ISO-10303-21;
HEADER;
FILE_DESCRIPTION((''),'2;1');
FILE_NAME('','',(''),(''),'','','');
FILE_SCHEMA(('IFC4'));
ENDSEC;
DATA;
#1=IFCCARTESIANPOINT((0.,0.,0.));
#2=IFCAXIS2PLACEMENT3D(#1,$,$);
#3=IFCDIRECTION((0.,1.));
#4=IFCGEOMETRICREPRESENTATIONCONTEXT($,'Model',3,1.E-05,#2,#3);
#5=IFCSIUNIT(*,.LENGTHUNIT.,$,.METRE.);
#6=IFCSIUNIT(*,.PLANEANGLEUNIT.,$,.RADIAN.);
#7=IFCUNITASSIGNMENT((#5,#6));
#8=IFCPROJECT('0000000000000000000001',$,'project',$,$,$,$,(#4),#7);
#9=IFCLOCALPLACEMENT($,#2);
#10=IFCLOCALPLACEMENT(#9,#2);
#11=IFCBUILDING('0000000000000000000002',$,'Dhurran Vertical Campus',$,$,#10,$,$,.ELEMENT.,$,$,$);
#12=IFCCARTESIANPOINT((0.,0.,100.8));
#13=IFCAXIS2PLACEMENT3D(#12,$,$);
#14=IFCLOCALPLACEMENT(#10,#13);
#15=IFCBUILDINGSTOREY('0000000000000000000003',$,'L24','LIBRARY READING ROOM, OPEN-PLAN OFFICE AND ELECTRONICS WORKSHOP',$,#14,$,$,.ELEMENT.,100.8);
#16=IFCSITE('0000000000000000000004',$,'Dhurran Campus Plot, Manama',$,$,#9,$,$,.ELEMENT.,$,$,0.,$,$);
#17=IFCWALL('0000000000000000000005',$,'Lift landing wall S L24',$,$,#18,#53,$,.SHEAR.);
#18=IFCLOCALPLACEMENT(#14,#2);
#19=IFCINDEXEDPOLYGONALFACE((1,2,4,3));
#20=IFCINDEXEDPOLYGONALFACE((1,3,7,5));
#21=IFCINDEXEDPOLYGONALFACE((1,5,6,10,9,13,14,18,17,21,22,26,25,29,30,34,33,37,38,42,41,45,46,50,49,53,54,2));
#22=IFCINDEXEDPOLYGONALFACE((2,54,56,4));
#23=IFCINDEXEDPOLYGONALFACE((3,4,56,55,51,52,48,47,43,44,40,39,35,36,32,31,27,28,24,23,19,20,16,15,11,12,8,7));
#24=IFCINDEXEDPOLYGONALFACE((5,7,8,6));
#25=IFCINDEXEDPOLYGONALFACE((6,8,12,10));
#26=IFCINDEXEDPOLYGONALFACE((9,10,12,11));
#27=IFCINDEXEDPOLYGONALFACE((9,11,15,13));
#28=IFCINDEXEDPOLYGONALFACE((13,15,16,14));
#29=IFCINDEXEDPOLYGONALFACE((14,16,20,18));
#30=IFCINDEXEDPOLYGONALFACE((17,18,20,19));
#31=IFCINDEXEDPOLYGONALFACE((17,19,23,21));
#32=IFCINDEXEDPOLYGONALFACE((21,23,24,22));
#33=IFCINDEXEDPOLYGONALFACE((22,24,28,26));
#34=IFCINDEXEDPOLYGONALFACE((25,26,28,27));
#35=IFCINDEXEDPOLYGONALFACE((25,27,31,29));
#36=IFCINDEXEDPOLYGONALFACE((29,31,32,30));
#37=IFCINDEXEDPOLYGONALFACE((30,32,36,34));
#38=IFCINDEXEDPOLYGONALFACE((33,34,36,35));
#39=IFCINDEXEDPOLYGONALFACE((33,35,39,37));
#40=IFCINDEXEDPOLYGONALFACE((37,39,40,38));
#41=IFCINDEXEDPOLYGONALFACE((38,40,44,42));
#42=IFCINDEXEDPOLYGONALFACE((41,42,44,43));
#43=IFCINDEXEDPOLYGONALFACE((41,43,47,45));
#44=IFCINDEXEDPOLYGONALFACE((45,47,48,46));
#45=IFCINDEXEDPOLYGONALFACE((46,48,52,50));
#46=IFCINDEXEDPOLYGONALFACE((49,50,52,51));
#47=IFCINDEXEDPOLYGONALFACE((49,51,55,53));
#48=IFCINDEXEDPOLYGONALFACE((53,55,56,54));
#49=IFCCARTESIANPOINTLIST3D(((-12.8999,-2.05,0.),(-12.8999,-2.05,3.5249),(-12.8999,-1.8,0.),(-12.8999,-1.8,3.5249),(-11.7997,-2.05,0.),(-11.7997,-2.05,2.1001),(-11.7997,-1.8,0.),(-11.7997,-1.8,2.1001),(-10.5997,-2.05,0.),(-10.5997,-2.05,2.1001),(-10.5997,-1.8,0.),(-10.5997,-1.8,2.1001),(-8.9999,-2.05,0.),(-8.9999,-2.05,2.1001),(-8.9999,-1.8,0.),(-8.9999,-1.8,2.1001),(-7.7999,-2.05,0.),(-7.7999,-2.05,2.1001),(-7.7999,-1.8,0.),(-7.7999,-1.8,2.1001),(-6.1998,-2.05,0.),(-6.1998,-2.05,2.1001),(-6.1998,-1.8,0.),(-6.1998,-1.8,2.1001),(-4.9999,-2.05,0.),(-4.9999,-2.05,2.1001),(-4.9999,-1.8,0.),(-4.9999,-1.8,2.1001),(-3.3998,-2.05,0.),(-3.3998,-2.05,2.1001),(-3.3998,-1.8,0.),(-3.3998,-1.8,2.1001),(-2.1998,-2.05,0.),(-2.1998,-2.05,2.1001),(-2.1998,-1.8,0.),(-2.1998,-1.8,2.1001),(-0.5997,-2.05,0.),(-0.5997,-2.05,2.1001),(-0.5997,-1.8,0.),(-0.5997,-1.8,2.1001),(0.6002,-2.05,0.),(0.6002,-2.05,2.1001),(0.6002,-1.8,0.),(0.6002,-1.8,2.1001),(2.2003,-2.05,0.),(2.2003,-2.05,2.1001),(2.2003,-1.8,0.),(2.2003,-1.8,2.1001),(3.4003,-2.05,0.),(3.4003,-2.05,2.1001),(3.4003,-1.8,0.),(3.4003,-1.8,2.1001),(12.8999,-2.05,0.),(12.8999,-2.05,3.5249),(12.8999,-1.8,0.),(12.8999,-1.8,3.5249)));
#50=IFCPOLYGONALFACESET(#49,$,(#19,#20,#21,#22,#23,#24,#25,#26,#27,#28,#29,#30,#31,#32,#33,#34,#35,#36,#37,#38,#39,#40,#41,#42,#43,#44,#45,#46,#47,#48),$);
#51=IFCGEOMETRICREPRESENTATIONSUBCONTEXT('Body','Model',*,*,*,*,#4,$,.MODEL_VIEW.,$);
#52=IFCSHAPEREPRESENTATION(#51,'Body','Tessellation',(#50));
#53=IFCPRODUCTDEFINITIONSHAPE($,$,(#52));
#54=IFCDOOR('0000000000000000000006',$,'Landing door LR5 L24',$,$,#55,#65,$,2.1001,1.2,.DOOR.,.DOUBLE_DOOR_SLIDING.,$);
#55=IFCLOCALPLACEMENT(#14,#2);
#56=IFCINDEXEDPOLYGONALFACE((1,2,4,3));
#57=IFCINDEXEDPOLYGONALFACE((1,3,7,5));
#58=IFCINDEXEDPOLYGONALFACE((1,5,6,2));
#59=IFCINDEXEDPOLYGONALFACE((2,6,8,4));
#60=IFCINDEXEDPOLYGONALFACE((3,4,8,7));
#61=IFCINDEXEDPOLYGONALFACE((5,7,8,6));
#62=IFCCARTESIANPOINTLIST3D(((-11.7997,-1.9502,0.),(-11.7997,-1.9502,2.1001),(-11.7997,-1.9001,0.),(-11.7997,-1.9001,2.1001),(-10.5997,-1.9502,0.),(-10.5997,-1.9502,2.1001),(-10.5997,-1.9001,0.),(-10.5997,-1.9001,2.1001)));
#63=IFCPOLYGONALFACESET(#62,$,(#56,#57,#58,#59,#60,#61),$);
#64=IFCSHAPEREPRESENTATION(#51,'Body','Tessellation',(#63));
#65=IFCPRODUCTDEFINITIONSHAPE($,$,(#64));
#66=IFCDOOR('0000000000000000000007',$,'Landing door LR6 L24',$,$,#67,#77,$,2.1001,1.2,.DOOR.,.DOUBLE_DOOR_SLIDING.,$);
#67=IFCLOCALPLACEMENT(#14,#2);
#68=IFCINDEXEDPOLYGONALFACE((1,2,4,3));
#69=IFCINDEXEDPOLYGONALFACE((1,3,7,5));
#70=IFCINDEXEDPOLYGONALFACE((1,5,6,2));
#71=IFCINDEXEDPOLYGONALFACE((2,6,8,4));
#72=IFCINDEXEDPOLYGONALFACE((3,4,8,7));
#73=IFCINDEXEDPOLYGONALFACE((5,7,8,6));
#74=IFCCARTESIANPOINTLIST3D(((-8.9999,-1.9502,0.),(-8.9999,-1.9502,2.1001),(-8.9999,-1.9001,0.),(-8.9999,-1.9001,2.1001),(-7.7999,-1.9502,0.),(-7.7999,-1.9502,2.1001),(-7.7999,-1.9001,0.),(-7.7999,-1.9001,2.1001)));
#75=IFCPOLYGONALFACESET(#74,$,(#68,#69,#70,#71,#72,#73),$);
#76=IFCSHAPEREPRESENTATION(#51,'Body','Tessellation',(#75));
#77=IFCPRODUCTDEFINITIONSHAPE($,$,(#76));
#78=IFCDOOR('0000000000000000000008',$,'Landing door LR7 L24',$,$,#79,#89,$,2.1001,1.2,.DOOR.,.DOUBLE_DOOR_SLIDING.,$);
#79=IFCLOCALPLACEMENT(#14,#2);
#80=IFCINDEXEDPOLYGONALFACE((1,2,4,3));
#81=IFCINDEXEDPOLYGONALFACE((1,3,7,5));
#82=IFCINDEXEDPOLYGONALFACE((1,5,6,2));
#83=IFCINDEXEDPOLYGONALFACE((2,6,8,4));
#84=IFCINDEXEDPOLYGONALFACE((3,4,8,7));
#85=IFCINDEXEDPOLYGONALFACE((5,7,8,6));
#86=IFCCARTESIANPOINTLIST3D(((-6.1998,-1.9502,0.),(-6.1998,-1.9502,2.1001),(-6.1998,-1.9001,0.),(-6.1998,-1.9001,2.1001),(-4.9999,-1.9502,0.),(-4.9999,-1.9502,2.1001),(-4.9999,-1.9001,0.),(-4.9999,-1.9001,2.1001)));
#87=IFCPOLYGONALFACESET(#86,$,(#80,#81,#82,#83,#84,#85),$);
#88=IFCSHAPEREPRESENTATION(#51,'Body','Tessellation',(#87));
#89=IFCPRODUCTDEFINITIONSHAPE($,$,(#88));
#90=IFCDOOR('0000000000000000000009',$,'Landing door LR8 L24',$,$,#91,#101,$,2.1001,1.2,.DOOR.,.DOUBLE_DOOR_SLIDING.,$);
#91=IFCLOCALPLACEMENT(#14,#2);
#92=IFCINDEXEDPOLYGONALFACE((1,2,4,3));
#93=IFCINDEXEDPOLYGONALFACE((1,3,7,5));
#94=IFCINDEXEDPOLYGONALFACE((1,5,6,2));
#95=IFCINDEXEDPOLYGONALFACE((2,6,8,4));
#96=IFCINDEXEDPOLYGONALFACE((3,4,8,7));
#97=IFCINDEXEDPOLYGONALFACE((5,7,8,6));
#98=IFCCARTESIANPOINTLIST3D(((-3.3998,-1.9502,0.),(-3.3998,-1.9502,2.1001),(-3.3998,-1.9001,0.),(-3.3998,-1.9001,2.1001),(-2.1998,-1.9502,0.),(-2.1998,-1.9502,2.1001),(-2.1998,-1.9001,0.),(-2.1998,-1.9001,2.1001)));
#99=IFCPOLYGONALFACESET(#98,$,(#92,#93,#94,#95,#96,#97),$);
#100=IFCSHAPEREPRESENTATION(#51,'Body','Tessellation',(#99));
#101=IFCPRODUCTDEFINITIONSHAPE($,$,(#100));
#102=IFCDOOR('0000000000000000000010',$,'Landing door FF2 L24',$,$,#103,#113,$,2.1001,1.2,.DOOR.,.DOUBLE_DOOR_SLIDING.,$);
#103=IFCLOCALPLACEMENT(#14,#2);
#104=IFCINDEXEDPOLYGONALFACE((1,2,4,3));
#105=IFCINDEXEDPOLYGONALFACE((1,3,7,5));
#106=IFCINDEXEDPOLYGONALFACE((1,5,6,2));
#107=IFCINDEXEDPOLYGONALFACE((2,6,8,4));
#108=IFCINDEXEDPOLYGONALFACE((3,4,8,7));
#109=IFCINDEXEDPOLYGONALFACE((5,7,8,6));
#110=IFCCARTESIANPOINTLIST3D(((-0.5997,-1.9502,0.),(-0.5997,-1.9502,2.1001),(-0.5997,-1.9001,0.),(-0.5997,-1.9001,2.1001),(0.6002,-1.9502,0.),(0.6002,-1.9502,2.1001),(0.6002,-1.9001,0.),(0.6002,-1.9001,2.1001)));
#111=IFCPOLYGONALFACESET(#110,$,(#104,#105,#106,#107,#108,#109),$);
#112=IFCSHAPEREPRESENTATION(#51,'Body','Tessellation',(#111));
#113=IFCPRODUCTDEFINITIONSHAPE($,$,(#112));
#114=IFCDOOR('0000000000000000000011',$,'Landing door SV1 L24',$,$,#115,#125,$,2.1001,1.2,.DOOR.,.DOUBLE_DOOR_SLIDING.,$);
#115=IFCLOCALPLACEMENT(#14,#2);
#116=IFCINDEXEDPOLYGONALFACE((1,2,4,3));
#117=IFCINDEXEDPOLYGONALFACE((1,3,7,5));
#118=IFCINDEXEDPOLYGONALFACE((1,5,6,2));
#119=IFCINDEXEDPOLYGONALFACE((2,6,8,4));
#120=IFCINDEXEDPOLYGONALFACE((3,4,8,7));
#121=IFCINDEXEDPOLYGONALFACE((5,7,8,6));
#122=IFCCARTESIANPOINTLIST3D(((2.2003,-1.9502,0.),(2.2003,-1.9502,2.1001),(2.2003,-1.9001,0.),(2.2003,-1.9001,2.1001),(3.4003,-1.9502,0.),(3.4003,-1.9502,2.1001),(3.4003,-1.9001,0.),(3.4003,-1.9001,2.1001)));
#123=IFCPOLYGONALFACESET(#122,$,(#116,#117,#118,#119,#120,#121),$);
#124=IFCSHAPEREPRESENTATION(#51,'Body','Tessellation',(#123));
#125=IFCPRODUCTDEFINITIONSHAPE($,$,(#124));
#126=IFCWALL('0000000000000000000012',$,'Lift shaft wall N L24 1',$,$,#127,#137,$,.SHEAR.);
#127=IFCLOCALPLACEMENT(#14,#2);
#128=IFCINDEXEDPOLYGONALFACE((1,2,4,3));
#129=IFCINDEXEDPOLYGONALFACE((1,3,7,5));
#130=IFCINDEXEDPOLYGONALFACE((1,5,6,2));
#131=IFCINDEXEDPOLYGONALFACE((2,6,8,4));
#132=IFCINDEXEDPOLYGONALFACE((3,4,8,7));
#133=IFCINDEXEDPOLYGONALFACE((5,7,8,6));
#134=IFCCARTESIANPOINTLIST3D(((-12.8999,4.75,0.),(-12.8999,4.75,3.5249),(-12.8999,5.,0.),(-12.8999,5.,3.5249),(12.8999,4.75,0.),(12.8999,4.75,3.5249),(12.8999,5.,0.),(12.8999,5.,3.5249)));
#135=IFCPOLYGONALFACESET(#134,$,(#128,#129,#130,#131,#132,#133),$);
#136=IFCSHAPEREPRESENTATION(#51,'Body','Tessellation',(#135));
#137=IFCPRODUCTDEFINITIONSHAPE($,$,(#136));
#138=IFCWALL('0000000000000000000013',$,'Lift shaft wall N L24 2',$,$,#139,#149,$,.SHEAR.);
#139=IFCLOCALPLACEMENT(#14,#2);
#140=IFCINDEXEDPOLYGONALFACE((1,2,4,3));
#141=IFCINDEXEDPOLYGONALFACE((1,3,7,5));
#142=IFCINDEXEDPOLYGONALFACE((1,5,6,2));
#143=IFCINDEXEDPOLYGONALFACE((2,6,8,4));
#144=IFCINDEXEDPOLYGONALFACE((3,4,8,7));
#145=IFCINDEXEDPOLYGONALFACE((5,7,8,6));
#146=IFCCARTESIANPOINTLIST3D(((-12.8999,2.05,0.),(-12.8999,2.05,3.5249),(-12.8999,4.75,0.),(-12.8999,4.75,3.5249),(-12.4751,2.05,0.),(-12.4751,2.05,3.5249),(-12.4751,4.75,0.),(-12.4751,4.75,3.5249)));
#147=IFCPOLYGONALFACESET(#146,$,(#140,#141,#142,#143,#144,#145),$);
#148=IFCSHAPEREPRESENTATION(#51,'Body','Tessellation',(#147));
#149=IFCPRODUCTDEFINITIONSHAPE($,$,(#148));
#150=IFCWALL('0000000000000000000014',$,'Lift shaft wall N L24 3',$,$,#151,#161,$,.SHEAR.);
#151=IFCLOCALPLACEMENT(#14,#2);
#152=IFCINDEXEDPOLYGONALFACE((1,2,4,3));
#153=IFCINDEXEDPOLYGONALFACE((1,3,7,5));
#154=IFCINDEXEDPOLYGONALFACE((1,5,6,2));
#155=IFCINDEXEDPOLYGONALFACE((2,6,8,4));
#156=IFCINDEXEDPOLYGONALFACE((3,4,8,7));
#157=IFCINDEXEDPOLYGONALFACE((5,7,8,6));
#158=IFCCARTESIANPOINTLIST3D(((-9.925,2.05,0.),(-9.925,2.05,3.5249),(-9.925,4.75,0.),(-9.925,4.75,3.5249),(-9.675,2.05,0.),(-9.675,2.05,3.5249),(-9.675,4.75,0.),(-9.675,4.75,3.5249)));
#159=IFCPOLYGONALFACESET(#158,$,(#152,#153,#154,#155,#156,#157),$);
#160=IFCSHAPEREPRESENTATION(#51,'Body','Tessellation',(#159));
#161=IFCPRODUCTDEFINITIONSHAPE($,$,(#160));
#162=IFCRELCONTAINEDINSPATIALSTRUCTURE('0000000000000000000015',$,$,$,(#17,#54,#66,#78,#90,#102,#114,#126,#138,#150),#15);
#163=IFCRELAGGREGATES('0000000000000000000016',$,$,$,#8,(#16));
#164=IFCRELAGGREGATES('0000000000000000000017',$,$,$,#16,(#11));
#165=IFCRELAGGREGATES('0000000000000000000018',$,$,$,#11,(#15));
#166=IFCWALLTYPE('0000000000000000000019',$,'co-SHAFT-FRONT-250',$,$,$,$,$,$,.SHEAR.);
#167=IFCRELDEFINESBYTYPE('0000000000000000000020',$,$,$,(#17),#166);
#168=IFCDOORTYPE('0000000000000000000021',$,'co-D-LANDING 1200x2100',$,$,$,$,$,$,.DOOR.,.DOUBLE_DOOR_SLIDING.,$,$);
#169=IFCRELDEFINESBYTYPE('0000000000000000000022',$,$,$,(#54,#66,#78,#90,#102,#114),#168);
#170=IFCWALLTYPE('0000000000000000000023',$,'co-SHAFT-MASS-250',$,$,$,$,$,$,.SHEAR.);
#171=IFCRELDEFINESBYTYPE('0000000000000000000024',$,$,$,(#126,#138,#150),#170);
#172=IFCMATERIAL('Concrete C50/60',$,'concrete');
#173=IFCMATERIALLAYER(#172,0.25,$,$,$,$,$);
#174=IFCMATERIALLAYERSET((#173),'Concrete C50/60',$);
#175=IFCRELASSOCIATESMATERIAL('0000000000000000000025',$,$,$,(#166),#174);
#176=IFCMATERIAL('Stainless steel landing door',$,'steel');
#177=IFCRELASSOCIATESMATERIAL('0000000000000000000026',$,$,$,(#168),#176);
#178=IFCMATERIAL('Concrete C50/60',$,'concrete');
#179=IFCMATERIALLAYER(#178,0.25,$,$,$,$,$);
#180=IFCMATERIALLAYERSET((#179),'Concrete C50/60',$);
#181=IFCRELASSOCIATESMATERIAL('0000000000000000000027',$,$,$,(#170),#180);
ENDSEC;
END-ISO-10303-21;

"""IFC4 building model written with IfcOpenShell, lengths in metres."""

from ifc_helpers import new_model, si_unit, direction, frame, frame_2d, origin, place, context, subcontext, project, spatial, polyline, rectangle, outline, extrude, material, layer, layer_set, type_object, element, fill, save


model = new_model("IFC4")

# Units and contexts
model_context = context("Model", 3, precision=1e-05, world=origin(), true_north=direction((0.0, 1.0)))
body_context = subcontext(model_context, "Body", "Model", "MODEL_VIEW")
ifc_project = project(units=[si_unit("LENGTHUNIT", "METRE"), si_unit("PLANEANGLEUNIT", "RADIAN")], contexts=[model_context])

# Site, building, storey
site_placement = place(None, origin())
site = spatial("IfcSite", under=ifc_project, at=site_placement, Name="Dhurran Campus Plot, Manama", CompositionType="ELEMENT", RefElevation=0.0)
building_placement = place(site_placement, origin())
building = spatial("IfcBuilding", under=site, at=building_placement, Name="Dhurran Vertical Campus", CompositionType="ELEMENT")
storey_placement = place(building_placement, frame((0.0, 0.0, 100.8)))
storey = spatial("IfcBuildingStorey", under=building, at=storey_placement, Name="L24", Description="LIBRARY READING ROOM, OPEN-PLAN OFFICE AND ELECTRONICS WORKSHOP", CompositionType="ELEMENT", Elevation=100.8)

# Wall, openings, doors
ifc_material_1 = material(Name="Concrete C50/60", Category="concrete")
ifc_layer_1 = layer(ifc_material_1, 0.25)
ifc_layer_set_1 = layer_set([ifc_layer_1], Name="Concrete C50/60")
wall_type_1 = type_object("IfcWallType", Name="co-SHAFT-FRONT-250", PredefinedType="SHEAR", material=ifc_layer_set_1)
wall_1_placement = place(storey_placement, frame((-12.8999, -1.925, 0.0), z_axis=(0.0, 0.0, 1.0), x_axis=(1.0, 0.0, 0.0)))
wall_1 = element("IfcWall", 1, at=wall_1_placement, inside=storey, type_object=wall_type_1, Name="Lift landing wall S L24", PredefinedType="SHEAR", context=body_context, shape_type="SweptSolid", body=[
    extrude(rectangle(XDim=25.7998, YDim=0.25, at=frame_2d((12.8999, 0.0))), origin(), (0.0, 0.0, 1.0), 3.5249),
])
opening_1_placement = place(wall_1_placement, frame((1.1001, 0.0, 0.0)))
opening_1 = element("IfcOpeningElement", 2, at=opening_1_placement, cuts=wall_1, PredefinedType="OPENING", context=body_context, shape_type="SweptSolid", body=[
    extrude(rectangle(XDim=1.2, YDim=2.1001, at=frame_2d((0.6001, 1.05))), frame((0.0, 0.135, 0.0), z_axis=(0.0, -1.0, 0.0), x_axis=(1.0, 0.0, 0.0)), (0.0, 0.0, 1.0), 0.27),
])
opening_2_placement = place(wall_1_placement, frame((3.8999, 0.0, 0.0)))
opening_2 = element("IfcOpeningElement", 3, at=opening_2_placement, cuts=wall_1, PredefinedType="OPENING", context=body_context, shape_type="SweptSolid", body=[
    extrude(rectangle(XDim=1.2, YDim=2.1001, at=frame_2d((0.6001, 1.05))), frame((0.0, 0.135, 0.0), z_axis=(0.0, -1.0, 0.0), x_axis=(1.0, 0.0, 0.0)), (0.0, 0.0, 1.0), 0.27),
])
opening_3_placement = place(wall_1_placement, frame((6.7, 0.0, 0.0)))
opening_3 = element("IfcOpeningElement", 4, at=opening_3_placement, cuts=wall_1, PredefinedType="OPENING", context=body_context, shape_type="SweptSolid", body=[
    extrude(rectangle(XDim=1.2, YDim=2.1001, at=frame_2d((0.6001, 1.05))), frame((0.0, 0.135, 0.0), z_axis=(0.0, -1.0, 0.0), x_axis=(1.0, 0.0, 0.0)), (0.0, 0.0, 1.0), 0.27),
])
opening_4_placement = place(wall_1_placement, frame((9.5, 0.0, 0.0)))
opening_4 = element("IfcOpeningElement", 5, at=opening_4_placement, cuts=wall_1, PredefinedType="OPENING", context=body_context, shape_type="SweptSolid", body=[
    extrude(rectangle(XDim=1.2, YDim=2.1001, at=frame_2d((0.6001, 1.05))), frame((0.0, 0.135, 0.0), z_axis=(0.0, -1.0, 0.0), x_axis=(1.0, 0.0, 0.0)), (0.0, 0.0, 1.0), 0.27),
])
opening_5_placement = place(wall_1_placement, frame((12.3, 0.0, 0.0)))
opening_5 = element("IfcOpeningElement", 6, at=opening_5_placement, cuts=wall_1, PredefinedType="OPENING", context=body_context, shape_type="SweptSolid", body=[
    extrude(rectangle(XDim=1.2, YDim=2.1001, at=frame_2d((0.6001, 1.05))), frame((0.0, 0.135, 0.0), z_axis=(0.0, -1.0, 0.0), x_axis=(1.0, 0.0, 0.0)), (0.0, 0.0, 1.0), 0.27),
])
opening_6_placement = place(wall_1_placement, frame((15.1001, 0.0, 0.0)))
opening_6 = element("IfcOpeningElement", 7, at=opening_6_placement, cuts=wall_1, PredefinedType="OPENING", context=body_context, shape_type="SweptSolid", body=[
    extrude(rectangle(XDim=1.2, YDim=2.1001, at=frame_2d((0.6001, 1.05))), frame((0.0, 0.135, 0.0), z_axis=(0.0, -1.0, 0.0), x_axis=(1.0, 0.0, 0.0)), (0.0, 0.0, 1.0), 0.27),
])
ifc_material_2 = material(Name="Stainless steel landing door", Category="steel")
door_type_1 = type_object("IfcDoorType", Name="co-D-LANDING 1200x2100", OperationType="DOUBLE_DOOR_SLIDING", PredefinedType="DOOR", material=ifc_material_2)
door_1_placement = place(opening_1_placement, origin())
door_1 = element("IfcDoor", 8, at=door_1_placement, inside=storey, type_object=door_type_1, Name="Landing door LR5 L24", OperationType="DOUBLE_DOOR_SLIDING", OverallHeight=2.1001, OverallWidth=1.2, PredefinedType="DOOR", context=body_context, shape_type="SweptSolid", body=[
    extrude(rectangle(XDim=1.2, YDim=2.1001, at=frame_2d((0.6001, 1.05))), frame((0.0, 0.0249, 0.0), z_axis=(0.0, -1.0, 0.0), x_axis=(1.0, 0.0, 0.0)), (0.0, 0.0, 1.0), 0.05),
])
fill(opening_1, door_1)
door_2_placement = place(opening_2_placement, origin())
door_2 = element("IfcDoor", 9, at=door_2_placement, inside=storey, type_object=door_type_1, Name="Landing door LR6 L24", OperationType="DOUBLE_DOOR_SLIDING", OverallHeight=2.1001, OverallWidth=1.2, PredefinedType="DOOR", context=body_context, shape_type="SweptSolid", body=[
    extrude(rectangle(XDim=1.2, YDim=2.1001, at=frame_2d((0.6001, 1.05))), frame((0.0, 0.0249, 0.0), z_axis=(0.0, -1.0, 0.0), x_axis=(1.0, 0.0, 0.0)), (0.0, 0.0, 1.0), 0.05),
])
fill(opening_2, door_2)
door_3_placement = place(opening_3_placement, origin())
door_3 = element("IfcDoor", 10, at=door_3_placement, inside=storey, type_object=door_type_1, Name="Landing door LR7 L24", OperationType="DOUBLE_DOOR_SLIDING", OverallHeight=2.1001, OverallWidth=1.2, PredefinedType="DOOR", context=body_context, shape_type="SweptSolid", body=[
    extrude(rectangle(XDim=1.2, YDim=2.1001, at=frame_2d((0.6001, 1.05))), frame((0.0, 0.0249, 0.0), z_axis=(0.0, -1.0, 0.0), x_axis=(1.0, 0.0, 0.0)), (0.0, 0.0, 1.0), 0.05),
])
fill(opening_3, door_3)
door_4_placement = place(opening_4_placement, origin())
door_4 = element("IfcDoor", 11, at=door_4_placement, inside=storey, type_object=door_type_1, Name="Landing door LR8 L24", OperationType="DOUBLE_DOOR_SLIDING", OverallHeight=2.1001, OverallWidth=1.2, PredefinedType="DOOR", context=body_context, shape_type="SweptSolid", body=[
    extrude(rectangle(XDim=1.2, YDim=2.1001, at=frame_2d((0.6001, 1.05))), frame((0.0, 0.0249, 0.0), z_axis=(0.0, -1.0, 0.0), x_axis=(1.0, 0.0, 0.0)), (0.0, 0.0, 1.0), 0.05),
])
fill(opening_4, door_4)
door_5_placement = place(opening_5_placement, origin())
door_5 = element("IfcDoor", 12, at=door_5_placement, inside=storey, type_object=door_type_1, Name="Landing door FF2 L24", OperationType="DOUBLE_DOOR_SLIDING", OverallHeight=2.1001, OverallWidth=1.2, PredefinedType="DOOR", context=body_context, shape_type="SweptSolid", body=[
    extrude(rectangle(XDim=1.2, YDim=2.1001, at=frame_2d((0.6001, 1.05))), frame((0.0, 0.0249, 0.0), z_axis=(0.0, -1.0, 0.0), x_axis=(1.0, 0.0, 0.0)), (0.0, 0.0, 1.0), 0.05),
])
fill(opening_5, door_5)
door_6_placement = place(opening_6_placement, origin())
door_6 = element("IfcDoor", 13, at=door_6_placement, inside=storey, type_object=door_type_1, Name="Landing door SV1 L24", OperationType="DOUBLE_DOOR_SLIDING", OverallHeight=2.1001, OverallWidth=1.2, PredefinedType="DOOR", context=body_context, shape_type="SweptSolid", body=[
    extrude(rectangle(XDim=1.2, YDim=2.1001, at=frame_2d((0.6001, 1.05))), frame((0.0, 0.0249, 0.0), z_axis=(0.0, -1.0, 0.0), x_axis=(1.0, 0.0, 0.0)), (0.0, 0.0, 1.0), 0.05),
])
fill(opening_6, door_6)

# Walls
ifc_material_3 = material(Name="Concrete C50/60", Category="concrete")
ifc_layer_2 = layer(ifc_material_3, 0.25)
ifc_layer_set_2 = layer_set([ifc_layer_2], Name="Concrete C50/60")
wall_type_2 = type_object("IfcWallType", Name="co-SHAFT-MASS-250", PredefinedType="SHEAR", material=ifc_layer_set_2)
wall_2_placement = place(storey_placement, origin())
element("IfcWall", 14, at=wall_2_placement, inside=storey, type_object=wall_type_2, Name="Lift shaft wall N L24 1", PredefinedType="SHEAR", context=body_context, shape_type="SweptSolid", body=[
    extrude(outline(polyline([(-12.8999, 4.75), (12.8999, 4.75), (12.8999, 5.0), (-12.8999, 5.0), (-12.8999, 4.75)])), origin(), (0.0, 0.0, 1.0), 3.5249),
])
wall_3_placement = place(storey_placement, origin())
element("IfcWall", 15, at=wall_3_placement, inside=storey, type_object=wall_type_2, Name="Lift shaft wall N L24 2", PredefinedType="SHEAR", context=body_context, shape_type="SweptSolid", body=[
    extrude(outline(polyline([(-12.8999, 2.05), (-12.4751, 2.05), (-12.4751, 4.75), (-12.8999, 4.75), (-12.8999, 2.05)])), origin(), (0.0, 0.0, 1.0), 3.5249),
])
wall_4_placement = place(storey_placement, origin())
element("IfcWall", 16, at=wall_4_placement, inside=storey, type_object=wall_type_2, Name="Lift shaft wall N L24 3", PredefinedType="SHEAR", context=body_context, shape_type="SweptSolid", body=[
    extrude(outline(polyline([(-9.925, 2.05), (-9.675, 2.05), (-9.675, 4.75), (-9.925, 4.75), (-9.925, 2.05)])), origin(), (0.0, 0.0, 1.0), 3.5249),
])

save(model, "model.ifc")
